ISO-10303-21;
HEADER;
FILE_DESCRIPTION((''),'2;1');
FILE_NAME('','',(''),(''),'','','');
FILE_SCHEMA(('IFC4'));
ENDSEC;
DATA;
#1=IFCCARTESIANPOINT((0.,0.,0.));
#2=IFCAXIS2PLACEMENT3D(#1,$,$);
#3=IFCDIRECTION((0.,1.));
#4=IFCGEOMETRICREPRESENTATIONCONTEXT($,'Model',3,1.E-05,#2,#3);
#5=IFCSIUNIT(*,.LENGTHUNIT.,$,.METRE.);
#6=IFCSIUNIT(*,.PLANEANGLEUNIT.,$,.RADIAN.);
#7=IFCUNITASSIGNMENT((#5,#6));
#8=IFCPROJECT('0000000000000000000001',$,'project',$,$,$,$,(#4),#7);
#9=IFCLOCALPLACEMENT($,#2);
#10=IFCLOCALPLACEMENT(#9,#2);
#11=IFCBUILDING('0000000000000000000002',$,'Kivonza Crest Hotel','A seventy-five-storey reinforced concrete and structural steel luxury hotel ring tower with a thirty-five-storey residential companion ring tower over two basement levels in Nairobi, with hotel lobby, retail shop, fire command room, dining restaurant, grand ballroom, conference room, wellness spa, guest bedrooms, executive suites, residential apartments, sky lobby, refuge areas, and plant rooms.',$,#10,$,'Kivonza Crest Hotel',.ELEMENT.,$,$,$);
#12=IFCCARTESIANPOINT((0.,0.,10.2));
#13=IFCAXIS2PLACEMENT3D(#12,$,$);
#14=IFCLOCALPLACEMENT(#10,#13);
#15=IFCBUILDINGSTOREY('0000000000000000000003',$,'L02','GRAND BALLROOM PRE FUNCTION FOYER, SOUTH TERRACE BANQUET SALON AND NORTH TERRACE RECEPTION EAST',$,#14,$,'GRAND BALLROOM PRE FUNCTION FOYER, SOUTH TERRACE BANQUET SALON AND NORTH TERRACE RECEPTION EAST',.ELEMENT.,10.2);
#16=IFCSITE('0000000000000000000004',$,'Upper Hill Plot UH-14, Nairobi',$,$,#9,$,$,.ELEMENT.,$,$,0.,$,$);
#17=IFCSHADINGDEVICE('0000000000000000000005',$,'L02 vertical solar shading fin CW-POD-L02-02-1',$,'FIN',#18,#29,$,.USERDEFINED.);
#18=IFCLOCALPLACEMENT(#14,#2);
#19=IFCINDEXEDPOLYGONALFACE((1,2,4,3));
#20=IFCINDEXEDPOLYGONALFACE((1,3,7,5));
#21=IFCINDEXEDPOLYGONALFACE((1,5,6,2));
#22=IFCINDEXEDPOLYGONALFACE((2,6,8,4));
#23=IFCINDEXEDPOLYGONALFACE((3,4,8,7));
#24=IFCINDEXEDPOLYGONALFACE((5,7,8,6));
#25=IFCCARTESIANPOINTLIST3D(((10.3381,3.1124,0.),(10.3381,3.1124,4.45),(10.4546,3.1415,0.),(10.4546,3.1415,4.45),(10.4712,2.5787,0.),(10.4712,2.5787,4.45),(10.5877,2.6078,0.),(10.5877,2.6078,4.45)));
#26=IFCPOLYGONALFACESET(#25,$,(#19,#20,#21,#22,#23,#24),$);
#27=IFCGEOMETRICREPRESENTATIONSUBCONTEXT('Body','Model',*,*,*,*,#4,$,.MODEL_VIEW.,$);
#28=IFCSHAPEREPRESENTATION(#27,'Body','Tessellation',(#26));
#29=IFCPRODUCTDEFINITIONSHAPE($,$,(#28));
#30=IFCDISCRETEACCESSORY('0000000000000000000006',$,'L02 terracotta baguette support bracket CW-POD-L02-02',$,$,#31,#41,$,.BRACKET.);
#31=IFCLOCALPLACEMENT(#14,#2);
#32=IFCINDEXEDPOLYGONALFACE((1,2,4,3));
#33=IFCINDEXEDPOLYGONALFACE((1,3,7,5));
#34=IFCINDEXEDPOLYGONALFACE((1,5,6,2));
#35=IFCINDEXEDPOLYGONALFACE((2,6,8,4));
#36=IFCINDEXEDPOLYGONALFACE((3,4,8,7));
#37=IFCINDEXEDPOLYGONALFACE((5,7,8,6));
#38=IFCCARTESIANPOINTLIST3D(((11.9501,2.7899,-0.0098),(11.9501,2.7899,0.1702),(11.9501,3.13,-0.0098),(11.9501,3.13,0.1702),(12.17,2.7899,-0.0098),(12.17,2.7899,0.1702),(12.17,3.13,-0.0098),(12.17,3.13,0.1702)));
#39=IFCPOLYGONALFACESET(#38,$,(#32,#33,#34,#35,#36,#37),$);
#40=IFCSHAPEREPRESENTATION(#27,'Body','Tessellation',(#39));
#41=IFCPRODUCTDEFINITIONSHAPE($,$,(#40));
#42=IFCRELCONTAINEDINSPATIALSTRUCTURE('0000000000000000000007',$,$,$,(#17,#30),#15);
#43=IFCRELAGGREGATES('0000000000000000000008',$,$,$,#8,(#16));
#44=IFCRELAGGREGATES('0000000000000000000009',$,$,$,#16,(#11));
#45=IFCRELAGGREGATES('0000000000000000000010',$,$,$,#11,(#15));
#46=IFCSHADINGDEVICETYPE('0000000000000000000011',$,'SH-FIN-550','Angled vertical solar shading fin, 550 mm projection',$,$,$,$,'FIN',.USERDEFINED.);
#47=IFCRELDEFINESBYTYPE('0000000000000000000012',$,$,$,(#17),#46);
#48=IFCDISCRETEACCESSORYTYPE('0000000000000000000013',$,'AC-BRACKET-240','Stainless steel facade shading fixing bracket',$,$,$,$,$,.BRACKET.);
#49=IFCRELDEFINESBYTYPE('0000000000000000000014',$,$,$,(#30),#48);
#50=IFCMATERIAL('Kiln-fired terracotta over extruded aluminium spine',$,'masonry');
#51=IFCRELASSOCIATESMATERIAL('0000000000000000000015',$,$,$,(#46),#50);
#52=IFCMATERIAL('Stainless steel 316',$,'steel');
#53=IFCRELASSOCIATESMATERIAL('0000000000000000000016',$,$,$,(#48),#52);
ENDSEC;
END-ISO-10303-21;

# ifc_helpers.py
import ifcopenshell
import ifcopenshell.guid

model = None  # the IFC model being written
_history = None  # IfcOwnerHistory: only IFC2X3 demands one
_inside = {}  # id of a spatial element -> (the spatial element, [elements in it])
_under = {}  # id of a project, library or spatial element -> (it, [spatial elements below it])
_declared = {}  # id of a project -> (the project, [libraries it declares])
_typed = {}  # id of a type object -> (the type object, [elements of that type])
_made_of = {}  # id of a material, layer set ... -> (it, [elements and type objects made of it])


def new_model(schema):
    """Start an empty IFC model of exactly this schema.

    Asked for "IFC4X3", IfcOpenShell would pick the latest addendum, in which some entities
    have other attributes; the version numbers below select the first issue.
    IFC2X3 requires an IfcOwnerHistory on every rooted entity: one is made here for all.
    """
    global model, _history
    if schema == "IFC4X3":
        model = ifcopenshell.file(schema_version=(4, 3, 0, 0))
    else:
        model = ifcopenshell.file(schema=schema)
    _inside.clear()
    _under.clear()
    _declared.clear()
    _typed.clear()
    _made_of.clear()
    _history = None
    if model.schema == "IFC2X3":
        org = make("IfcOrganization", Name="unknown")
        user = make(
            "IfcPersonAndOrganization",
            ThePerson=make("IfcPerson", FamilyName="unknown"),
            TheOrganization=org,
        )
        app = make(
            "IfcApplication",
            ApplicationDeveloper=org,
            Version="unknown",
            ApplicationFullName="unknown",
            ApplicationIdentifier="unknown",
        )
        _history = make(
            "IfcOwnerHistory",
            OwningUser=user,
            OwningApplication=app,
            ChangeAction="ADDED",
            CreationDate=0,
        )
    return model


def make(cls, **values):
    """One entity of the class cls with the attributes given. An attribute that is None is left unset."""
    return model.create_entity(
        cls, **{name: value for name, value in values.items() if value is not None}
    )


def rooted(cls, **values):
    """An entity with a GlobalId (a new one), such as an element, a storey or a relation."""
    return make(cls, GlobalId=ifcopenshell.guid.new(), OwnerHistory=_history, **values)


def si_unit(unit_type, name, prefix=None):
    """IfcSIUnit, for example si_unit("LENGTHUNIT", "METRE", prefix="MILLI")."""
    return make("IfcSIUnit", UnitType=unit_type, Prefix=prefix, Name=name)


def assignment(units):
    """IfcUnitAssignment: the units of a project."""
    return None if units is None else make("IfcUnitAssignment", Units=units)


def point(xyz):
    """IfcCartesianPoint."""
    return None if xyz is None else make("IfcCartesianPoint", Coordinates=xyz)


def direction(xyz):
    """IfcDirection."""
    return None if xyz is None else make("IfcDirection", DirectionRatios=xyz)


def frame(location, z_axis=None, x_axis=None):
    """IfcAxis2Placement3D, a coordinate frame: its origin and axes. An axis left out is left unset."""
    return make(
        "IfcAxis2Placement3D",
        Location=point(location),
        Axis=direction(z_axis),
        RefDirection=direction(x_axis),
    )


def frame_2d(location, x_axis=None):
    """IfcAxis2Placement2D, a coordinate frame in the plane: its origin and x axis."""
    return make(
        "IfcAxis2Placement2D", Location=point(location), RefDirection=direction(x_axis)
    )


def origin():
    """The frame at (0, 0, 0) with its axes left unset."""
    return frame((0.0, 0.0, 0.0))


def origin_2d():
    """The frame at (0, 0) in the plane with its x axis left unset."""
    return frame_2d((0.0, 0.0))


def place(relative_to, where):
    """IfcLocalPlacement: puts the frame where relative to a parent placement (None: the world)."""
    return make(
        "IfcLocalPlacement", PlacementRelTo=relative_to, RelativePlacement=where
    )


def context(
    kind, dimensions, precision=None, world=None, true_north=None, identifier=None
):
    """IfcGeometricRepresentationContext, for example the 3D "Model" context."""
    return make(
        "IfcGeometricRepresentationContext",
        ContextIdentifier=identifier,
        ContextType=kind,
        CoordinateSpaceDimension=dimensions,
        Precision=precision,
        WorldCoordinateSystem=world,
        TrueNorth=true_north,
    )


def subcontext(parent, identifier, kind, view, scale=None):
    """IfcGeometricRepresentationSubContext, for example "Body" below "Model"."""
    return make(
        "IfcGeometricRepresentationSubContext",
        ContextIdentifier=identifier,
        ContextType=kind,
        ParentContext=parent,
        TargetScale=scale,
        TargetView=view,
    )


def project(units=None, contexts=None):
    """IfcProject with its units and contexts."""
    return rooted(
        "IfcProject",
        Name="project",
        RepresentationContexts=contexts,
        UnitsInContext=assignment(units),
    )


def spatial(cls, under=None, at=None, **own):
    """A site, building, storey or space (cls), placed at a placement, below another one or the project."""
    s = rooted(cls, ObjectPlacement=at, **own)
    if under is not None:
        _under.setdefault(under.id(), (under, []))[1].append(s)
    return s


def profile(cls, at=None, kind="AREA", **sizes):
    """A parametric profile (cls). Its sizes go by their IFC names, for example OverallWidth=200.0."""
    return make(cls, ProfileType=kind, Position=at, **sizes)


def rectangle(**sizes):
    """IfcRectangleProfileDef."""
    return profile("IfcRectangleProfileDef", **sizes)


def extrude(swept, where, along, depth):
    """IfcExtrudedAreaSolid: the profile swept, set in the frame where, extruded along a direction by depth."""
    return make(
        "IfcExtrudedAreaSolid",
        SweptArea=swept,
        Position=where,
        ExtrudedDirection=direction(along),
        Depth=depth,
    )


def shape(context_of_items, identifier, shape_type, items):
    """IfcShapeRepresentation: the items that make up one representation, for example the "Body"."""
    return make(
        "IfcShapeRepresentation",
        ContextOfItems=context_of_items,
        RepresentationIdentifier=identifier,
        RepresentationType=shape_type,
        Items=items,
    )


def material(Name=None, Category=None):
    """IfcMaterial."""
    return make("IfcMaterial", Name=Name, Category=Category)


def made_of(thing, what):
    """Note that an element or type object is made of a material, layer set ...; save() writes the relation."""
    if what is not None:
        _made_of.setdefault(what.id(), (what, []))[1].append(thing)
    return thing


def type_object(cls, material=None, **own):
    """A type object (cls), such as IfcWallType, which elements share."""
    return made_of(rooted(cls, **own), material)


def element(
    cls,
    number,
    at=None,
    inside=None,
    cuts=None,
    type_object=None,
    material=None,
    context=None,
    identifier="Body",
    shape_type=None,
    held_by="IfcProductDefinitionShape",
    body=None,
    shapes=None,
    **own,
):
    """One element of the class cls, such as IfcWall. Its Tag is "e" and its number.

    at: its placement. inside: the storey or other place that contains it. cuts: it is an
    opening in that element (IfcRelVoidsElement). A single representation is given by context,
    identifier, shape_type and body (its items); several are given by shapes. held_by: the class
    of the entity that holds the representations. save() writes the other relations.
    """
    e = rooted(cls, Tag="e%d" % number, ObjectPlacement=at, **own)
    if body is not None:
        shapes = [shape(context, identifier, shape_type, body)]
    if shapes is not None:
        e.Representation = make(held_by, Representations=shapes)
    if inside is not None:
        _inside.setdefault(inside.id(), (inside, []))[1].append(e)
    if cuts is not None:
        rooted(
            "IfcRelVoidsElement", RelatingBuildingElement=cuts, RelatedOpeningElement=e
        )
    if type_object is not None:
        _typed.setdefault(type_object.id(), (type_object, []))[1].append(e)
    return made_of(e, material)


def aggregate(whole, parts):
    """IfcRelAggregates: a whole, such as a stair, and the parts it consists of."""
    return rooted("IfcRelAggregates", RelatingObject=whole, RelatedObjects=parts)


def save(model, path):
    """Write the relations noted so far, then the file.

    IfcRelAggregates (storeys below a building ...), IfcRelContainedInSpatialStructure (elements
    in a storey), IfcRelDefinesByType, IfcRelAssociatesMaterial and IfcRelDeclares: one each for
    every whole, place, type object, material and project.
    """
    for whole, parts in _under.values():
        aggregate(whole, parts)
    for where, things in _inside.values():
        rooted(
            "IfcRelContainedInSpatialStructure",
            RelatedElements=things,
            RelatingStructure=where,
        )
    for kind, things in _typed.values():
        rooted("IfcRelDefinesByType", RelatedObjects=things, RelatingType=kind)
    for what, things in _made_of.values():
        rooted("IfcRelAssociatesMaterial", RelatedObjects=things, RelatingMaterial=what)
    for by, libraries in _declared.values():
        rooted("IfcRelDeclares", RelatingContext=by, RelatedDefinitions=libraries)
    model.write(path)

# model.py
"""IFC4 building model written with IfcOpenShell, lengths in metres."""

from ifc_helpers import new_model, si_unit, direction, frame, origin, origin_2d, place, context, subcontext, project, spatial, rectangle, extrude, material, type_object, element, save


model = new_model("IFC4")

# Units and contexts
model_context = context("Model", 3, precision=1e-05, world=origin(), true_north=direction((0.0, 1.0)))
body_context = subcontext(model_context, "Body", "Model", "MODEL_VIEW")
ifc_project = project(units=[si_unit("LENGTHUNIT", "METRE"), si_unit("PLANEANGLEUNIT", "RADIAN")], contexts=[model_context])

# Site, building, storey
site_placement = place(None, origin())
site = spatial("IfcSite", under=ifc_project, at=site_placement, Name="Upper Hill Plot UH-14, Nairobi", CompositionType="ELEMENT", RefElevation=0.0)
building_placement = place(site_placement, origin())
building = spatial("IfcBuilding", under=site, at=building_placement, Name="Kivonza Crest Hotel", Description="A seventy-five-storey reinforced concrete and structural steel luxury hotel ring tower with a thirty-five-storey residential companion ring tower over two basement levels in Nairobi, with hotel lobby, retail shop, fire command room, dining restaurant, grand ballroom, conference room, wellness spa, guest bedrooms, executive suites, residential apartments, sky lobby, refuge areas, and plant rooms.", LongName="Kivonza Crest Hotel", CompositionType="ELEMENT")
storey_placement = place(building_placement, frame((0.0, 0.0, 10.2)))
storey = spatial("IfcBuildingStorey", under=building, at=storey_placement, Name="L02", Description="GRAND BALLROOM PRE FUNCTION FOYER, SOUTH TERRACE BANQUET SALON AND NORTH TERRACE RECEPTION EAST", LongName="GRAND BALLROOM PRE FUNCTION FOYER, SOUTH TERRACE BANQUET SALON AND NORTH TERRACE RECEPTION EAST", CompositionType="ELEMENT", Elevation=10.2)

# Shading device
ifc_material_1 = material(Name="Kiln-fired terracotta over extruded aluminium spine", Category="masonry")
shading_device_type_1 = type_object("IfcShadingDeviceType", Name="SH-FIN-550", Description="Angled vertical solar shading fin, 550 mm projection", ElementType="FIN", PredefinedType="USERDEFINED", material=ifc_material_1)
shading_device_1_placement = place(storey_placement, frame((10.4629, 2.8601, 0.0), z_axis=(0.0, 0.0, 1.0), x_axis=(0.970296, 0.241922, 0.0)))
element("IfcShadingDevice", 1, at=shading_device_1_placement, inside=storey, type_object=shading_device_type_1, Name="L02 vertical solar shading fin CW-POD-L02-02-1", ObjectType="FIN", PredefinedType="USERDEFINED", context=body_context, shape_type="SweptSolid", body=[
    extrude(rectangle(XDim=0.1201, YDim=0.55, at=origin_2d()), origin(), (0.0, 0.0, 1.0), 4.45),
])

# Discrete accessory
ifc_material_2 = material(Name="Stainless steel 316", Category="steel")
discrete_accessory_type = type_object("IfcDiscreteAccessoryType", Name="AC-BRACKET-240", Description="Stainless steel facade shading fixing bracket", PredefinedType="BRACKET", material=ifc_material_2)
discrete_accessory_placement = place(storey_placement, frame((12.0601, 2.96, -0.0098), z_axis=(0.0, 0.0, 1.0), x_axis=(1.0, 0.0, 0.0)))
element("IfcDiscreteAccessory", 2, at=discrete_accessory_placement, inside=storey, type_object=discrete_accessory_type, Name="L02 terracotta baguette support bracket CW-POD-L02-02", PredefinedType="BRACKET", context=body_context, shape_type="SweptSolid", body=[
    extrude(rectangle(XDim=0.22, YDim=0.3401, at=origin_2d()), origin(), (0.0, 0.0, 1.0), 0.1799),
])

save(model, "model.ifc")
